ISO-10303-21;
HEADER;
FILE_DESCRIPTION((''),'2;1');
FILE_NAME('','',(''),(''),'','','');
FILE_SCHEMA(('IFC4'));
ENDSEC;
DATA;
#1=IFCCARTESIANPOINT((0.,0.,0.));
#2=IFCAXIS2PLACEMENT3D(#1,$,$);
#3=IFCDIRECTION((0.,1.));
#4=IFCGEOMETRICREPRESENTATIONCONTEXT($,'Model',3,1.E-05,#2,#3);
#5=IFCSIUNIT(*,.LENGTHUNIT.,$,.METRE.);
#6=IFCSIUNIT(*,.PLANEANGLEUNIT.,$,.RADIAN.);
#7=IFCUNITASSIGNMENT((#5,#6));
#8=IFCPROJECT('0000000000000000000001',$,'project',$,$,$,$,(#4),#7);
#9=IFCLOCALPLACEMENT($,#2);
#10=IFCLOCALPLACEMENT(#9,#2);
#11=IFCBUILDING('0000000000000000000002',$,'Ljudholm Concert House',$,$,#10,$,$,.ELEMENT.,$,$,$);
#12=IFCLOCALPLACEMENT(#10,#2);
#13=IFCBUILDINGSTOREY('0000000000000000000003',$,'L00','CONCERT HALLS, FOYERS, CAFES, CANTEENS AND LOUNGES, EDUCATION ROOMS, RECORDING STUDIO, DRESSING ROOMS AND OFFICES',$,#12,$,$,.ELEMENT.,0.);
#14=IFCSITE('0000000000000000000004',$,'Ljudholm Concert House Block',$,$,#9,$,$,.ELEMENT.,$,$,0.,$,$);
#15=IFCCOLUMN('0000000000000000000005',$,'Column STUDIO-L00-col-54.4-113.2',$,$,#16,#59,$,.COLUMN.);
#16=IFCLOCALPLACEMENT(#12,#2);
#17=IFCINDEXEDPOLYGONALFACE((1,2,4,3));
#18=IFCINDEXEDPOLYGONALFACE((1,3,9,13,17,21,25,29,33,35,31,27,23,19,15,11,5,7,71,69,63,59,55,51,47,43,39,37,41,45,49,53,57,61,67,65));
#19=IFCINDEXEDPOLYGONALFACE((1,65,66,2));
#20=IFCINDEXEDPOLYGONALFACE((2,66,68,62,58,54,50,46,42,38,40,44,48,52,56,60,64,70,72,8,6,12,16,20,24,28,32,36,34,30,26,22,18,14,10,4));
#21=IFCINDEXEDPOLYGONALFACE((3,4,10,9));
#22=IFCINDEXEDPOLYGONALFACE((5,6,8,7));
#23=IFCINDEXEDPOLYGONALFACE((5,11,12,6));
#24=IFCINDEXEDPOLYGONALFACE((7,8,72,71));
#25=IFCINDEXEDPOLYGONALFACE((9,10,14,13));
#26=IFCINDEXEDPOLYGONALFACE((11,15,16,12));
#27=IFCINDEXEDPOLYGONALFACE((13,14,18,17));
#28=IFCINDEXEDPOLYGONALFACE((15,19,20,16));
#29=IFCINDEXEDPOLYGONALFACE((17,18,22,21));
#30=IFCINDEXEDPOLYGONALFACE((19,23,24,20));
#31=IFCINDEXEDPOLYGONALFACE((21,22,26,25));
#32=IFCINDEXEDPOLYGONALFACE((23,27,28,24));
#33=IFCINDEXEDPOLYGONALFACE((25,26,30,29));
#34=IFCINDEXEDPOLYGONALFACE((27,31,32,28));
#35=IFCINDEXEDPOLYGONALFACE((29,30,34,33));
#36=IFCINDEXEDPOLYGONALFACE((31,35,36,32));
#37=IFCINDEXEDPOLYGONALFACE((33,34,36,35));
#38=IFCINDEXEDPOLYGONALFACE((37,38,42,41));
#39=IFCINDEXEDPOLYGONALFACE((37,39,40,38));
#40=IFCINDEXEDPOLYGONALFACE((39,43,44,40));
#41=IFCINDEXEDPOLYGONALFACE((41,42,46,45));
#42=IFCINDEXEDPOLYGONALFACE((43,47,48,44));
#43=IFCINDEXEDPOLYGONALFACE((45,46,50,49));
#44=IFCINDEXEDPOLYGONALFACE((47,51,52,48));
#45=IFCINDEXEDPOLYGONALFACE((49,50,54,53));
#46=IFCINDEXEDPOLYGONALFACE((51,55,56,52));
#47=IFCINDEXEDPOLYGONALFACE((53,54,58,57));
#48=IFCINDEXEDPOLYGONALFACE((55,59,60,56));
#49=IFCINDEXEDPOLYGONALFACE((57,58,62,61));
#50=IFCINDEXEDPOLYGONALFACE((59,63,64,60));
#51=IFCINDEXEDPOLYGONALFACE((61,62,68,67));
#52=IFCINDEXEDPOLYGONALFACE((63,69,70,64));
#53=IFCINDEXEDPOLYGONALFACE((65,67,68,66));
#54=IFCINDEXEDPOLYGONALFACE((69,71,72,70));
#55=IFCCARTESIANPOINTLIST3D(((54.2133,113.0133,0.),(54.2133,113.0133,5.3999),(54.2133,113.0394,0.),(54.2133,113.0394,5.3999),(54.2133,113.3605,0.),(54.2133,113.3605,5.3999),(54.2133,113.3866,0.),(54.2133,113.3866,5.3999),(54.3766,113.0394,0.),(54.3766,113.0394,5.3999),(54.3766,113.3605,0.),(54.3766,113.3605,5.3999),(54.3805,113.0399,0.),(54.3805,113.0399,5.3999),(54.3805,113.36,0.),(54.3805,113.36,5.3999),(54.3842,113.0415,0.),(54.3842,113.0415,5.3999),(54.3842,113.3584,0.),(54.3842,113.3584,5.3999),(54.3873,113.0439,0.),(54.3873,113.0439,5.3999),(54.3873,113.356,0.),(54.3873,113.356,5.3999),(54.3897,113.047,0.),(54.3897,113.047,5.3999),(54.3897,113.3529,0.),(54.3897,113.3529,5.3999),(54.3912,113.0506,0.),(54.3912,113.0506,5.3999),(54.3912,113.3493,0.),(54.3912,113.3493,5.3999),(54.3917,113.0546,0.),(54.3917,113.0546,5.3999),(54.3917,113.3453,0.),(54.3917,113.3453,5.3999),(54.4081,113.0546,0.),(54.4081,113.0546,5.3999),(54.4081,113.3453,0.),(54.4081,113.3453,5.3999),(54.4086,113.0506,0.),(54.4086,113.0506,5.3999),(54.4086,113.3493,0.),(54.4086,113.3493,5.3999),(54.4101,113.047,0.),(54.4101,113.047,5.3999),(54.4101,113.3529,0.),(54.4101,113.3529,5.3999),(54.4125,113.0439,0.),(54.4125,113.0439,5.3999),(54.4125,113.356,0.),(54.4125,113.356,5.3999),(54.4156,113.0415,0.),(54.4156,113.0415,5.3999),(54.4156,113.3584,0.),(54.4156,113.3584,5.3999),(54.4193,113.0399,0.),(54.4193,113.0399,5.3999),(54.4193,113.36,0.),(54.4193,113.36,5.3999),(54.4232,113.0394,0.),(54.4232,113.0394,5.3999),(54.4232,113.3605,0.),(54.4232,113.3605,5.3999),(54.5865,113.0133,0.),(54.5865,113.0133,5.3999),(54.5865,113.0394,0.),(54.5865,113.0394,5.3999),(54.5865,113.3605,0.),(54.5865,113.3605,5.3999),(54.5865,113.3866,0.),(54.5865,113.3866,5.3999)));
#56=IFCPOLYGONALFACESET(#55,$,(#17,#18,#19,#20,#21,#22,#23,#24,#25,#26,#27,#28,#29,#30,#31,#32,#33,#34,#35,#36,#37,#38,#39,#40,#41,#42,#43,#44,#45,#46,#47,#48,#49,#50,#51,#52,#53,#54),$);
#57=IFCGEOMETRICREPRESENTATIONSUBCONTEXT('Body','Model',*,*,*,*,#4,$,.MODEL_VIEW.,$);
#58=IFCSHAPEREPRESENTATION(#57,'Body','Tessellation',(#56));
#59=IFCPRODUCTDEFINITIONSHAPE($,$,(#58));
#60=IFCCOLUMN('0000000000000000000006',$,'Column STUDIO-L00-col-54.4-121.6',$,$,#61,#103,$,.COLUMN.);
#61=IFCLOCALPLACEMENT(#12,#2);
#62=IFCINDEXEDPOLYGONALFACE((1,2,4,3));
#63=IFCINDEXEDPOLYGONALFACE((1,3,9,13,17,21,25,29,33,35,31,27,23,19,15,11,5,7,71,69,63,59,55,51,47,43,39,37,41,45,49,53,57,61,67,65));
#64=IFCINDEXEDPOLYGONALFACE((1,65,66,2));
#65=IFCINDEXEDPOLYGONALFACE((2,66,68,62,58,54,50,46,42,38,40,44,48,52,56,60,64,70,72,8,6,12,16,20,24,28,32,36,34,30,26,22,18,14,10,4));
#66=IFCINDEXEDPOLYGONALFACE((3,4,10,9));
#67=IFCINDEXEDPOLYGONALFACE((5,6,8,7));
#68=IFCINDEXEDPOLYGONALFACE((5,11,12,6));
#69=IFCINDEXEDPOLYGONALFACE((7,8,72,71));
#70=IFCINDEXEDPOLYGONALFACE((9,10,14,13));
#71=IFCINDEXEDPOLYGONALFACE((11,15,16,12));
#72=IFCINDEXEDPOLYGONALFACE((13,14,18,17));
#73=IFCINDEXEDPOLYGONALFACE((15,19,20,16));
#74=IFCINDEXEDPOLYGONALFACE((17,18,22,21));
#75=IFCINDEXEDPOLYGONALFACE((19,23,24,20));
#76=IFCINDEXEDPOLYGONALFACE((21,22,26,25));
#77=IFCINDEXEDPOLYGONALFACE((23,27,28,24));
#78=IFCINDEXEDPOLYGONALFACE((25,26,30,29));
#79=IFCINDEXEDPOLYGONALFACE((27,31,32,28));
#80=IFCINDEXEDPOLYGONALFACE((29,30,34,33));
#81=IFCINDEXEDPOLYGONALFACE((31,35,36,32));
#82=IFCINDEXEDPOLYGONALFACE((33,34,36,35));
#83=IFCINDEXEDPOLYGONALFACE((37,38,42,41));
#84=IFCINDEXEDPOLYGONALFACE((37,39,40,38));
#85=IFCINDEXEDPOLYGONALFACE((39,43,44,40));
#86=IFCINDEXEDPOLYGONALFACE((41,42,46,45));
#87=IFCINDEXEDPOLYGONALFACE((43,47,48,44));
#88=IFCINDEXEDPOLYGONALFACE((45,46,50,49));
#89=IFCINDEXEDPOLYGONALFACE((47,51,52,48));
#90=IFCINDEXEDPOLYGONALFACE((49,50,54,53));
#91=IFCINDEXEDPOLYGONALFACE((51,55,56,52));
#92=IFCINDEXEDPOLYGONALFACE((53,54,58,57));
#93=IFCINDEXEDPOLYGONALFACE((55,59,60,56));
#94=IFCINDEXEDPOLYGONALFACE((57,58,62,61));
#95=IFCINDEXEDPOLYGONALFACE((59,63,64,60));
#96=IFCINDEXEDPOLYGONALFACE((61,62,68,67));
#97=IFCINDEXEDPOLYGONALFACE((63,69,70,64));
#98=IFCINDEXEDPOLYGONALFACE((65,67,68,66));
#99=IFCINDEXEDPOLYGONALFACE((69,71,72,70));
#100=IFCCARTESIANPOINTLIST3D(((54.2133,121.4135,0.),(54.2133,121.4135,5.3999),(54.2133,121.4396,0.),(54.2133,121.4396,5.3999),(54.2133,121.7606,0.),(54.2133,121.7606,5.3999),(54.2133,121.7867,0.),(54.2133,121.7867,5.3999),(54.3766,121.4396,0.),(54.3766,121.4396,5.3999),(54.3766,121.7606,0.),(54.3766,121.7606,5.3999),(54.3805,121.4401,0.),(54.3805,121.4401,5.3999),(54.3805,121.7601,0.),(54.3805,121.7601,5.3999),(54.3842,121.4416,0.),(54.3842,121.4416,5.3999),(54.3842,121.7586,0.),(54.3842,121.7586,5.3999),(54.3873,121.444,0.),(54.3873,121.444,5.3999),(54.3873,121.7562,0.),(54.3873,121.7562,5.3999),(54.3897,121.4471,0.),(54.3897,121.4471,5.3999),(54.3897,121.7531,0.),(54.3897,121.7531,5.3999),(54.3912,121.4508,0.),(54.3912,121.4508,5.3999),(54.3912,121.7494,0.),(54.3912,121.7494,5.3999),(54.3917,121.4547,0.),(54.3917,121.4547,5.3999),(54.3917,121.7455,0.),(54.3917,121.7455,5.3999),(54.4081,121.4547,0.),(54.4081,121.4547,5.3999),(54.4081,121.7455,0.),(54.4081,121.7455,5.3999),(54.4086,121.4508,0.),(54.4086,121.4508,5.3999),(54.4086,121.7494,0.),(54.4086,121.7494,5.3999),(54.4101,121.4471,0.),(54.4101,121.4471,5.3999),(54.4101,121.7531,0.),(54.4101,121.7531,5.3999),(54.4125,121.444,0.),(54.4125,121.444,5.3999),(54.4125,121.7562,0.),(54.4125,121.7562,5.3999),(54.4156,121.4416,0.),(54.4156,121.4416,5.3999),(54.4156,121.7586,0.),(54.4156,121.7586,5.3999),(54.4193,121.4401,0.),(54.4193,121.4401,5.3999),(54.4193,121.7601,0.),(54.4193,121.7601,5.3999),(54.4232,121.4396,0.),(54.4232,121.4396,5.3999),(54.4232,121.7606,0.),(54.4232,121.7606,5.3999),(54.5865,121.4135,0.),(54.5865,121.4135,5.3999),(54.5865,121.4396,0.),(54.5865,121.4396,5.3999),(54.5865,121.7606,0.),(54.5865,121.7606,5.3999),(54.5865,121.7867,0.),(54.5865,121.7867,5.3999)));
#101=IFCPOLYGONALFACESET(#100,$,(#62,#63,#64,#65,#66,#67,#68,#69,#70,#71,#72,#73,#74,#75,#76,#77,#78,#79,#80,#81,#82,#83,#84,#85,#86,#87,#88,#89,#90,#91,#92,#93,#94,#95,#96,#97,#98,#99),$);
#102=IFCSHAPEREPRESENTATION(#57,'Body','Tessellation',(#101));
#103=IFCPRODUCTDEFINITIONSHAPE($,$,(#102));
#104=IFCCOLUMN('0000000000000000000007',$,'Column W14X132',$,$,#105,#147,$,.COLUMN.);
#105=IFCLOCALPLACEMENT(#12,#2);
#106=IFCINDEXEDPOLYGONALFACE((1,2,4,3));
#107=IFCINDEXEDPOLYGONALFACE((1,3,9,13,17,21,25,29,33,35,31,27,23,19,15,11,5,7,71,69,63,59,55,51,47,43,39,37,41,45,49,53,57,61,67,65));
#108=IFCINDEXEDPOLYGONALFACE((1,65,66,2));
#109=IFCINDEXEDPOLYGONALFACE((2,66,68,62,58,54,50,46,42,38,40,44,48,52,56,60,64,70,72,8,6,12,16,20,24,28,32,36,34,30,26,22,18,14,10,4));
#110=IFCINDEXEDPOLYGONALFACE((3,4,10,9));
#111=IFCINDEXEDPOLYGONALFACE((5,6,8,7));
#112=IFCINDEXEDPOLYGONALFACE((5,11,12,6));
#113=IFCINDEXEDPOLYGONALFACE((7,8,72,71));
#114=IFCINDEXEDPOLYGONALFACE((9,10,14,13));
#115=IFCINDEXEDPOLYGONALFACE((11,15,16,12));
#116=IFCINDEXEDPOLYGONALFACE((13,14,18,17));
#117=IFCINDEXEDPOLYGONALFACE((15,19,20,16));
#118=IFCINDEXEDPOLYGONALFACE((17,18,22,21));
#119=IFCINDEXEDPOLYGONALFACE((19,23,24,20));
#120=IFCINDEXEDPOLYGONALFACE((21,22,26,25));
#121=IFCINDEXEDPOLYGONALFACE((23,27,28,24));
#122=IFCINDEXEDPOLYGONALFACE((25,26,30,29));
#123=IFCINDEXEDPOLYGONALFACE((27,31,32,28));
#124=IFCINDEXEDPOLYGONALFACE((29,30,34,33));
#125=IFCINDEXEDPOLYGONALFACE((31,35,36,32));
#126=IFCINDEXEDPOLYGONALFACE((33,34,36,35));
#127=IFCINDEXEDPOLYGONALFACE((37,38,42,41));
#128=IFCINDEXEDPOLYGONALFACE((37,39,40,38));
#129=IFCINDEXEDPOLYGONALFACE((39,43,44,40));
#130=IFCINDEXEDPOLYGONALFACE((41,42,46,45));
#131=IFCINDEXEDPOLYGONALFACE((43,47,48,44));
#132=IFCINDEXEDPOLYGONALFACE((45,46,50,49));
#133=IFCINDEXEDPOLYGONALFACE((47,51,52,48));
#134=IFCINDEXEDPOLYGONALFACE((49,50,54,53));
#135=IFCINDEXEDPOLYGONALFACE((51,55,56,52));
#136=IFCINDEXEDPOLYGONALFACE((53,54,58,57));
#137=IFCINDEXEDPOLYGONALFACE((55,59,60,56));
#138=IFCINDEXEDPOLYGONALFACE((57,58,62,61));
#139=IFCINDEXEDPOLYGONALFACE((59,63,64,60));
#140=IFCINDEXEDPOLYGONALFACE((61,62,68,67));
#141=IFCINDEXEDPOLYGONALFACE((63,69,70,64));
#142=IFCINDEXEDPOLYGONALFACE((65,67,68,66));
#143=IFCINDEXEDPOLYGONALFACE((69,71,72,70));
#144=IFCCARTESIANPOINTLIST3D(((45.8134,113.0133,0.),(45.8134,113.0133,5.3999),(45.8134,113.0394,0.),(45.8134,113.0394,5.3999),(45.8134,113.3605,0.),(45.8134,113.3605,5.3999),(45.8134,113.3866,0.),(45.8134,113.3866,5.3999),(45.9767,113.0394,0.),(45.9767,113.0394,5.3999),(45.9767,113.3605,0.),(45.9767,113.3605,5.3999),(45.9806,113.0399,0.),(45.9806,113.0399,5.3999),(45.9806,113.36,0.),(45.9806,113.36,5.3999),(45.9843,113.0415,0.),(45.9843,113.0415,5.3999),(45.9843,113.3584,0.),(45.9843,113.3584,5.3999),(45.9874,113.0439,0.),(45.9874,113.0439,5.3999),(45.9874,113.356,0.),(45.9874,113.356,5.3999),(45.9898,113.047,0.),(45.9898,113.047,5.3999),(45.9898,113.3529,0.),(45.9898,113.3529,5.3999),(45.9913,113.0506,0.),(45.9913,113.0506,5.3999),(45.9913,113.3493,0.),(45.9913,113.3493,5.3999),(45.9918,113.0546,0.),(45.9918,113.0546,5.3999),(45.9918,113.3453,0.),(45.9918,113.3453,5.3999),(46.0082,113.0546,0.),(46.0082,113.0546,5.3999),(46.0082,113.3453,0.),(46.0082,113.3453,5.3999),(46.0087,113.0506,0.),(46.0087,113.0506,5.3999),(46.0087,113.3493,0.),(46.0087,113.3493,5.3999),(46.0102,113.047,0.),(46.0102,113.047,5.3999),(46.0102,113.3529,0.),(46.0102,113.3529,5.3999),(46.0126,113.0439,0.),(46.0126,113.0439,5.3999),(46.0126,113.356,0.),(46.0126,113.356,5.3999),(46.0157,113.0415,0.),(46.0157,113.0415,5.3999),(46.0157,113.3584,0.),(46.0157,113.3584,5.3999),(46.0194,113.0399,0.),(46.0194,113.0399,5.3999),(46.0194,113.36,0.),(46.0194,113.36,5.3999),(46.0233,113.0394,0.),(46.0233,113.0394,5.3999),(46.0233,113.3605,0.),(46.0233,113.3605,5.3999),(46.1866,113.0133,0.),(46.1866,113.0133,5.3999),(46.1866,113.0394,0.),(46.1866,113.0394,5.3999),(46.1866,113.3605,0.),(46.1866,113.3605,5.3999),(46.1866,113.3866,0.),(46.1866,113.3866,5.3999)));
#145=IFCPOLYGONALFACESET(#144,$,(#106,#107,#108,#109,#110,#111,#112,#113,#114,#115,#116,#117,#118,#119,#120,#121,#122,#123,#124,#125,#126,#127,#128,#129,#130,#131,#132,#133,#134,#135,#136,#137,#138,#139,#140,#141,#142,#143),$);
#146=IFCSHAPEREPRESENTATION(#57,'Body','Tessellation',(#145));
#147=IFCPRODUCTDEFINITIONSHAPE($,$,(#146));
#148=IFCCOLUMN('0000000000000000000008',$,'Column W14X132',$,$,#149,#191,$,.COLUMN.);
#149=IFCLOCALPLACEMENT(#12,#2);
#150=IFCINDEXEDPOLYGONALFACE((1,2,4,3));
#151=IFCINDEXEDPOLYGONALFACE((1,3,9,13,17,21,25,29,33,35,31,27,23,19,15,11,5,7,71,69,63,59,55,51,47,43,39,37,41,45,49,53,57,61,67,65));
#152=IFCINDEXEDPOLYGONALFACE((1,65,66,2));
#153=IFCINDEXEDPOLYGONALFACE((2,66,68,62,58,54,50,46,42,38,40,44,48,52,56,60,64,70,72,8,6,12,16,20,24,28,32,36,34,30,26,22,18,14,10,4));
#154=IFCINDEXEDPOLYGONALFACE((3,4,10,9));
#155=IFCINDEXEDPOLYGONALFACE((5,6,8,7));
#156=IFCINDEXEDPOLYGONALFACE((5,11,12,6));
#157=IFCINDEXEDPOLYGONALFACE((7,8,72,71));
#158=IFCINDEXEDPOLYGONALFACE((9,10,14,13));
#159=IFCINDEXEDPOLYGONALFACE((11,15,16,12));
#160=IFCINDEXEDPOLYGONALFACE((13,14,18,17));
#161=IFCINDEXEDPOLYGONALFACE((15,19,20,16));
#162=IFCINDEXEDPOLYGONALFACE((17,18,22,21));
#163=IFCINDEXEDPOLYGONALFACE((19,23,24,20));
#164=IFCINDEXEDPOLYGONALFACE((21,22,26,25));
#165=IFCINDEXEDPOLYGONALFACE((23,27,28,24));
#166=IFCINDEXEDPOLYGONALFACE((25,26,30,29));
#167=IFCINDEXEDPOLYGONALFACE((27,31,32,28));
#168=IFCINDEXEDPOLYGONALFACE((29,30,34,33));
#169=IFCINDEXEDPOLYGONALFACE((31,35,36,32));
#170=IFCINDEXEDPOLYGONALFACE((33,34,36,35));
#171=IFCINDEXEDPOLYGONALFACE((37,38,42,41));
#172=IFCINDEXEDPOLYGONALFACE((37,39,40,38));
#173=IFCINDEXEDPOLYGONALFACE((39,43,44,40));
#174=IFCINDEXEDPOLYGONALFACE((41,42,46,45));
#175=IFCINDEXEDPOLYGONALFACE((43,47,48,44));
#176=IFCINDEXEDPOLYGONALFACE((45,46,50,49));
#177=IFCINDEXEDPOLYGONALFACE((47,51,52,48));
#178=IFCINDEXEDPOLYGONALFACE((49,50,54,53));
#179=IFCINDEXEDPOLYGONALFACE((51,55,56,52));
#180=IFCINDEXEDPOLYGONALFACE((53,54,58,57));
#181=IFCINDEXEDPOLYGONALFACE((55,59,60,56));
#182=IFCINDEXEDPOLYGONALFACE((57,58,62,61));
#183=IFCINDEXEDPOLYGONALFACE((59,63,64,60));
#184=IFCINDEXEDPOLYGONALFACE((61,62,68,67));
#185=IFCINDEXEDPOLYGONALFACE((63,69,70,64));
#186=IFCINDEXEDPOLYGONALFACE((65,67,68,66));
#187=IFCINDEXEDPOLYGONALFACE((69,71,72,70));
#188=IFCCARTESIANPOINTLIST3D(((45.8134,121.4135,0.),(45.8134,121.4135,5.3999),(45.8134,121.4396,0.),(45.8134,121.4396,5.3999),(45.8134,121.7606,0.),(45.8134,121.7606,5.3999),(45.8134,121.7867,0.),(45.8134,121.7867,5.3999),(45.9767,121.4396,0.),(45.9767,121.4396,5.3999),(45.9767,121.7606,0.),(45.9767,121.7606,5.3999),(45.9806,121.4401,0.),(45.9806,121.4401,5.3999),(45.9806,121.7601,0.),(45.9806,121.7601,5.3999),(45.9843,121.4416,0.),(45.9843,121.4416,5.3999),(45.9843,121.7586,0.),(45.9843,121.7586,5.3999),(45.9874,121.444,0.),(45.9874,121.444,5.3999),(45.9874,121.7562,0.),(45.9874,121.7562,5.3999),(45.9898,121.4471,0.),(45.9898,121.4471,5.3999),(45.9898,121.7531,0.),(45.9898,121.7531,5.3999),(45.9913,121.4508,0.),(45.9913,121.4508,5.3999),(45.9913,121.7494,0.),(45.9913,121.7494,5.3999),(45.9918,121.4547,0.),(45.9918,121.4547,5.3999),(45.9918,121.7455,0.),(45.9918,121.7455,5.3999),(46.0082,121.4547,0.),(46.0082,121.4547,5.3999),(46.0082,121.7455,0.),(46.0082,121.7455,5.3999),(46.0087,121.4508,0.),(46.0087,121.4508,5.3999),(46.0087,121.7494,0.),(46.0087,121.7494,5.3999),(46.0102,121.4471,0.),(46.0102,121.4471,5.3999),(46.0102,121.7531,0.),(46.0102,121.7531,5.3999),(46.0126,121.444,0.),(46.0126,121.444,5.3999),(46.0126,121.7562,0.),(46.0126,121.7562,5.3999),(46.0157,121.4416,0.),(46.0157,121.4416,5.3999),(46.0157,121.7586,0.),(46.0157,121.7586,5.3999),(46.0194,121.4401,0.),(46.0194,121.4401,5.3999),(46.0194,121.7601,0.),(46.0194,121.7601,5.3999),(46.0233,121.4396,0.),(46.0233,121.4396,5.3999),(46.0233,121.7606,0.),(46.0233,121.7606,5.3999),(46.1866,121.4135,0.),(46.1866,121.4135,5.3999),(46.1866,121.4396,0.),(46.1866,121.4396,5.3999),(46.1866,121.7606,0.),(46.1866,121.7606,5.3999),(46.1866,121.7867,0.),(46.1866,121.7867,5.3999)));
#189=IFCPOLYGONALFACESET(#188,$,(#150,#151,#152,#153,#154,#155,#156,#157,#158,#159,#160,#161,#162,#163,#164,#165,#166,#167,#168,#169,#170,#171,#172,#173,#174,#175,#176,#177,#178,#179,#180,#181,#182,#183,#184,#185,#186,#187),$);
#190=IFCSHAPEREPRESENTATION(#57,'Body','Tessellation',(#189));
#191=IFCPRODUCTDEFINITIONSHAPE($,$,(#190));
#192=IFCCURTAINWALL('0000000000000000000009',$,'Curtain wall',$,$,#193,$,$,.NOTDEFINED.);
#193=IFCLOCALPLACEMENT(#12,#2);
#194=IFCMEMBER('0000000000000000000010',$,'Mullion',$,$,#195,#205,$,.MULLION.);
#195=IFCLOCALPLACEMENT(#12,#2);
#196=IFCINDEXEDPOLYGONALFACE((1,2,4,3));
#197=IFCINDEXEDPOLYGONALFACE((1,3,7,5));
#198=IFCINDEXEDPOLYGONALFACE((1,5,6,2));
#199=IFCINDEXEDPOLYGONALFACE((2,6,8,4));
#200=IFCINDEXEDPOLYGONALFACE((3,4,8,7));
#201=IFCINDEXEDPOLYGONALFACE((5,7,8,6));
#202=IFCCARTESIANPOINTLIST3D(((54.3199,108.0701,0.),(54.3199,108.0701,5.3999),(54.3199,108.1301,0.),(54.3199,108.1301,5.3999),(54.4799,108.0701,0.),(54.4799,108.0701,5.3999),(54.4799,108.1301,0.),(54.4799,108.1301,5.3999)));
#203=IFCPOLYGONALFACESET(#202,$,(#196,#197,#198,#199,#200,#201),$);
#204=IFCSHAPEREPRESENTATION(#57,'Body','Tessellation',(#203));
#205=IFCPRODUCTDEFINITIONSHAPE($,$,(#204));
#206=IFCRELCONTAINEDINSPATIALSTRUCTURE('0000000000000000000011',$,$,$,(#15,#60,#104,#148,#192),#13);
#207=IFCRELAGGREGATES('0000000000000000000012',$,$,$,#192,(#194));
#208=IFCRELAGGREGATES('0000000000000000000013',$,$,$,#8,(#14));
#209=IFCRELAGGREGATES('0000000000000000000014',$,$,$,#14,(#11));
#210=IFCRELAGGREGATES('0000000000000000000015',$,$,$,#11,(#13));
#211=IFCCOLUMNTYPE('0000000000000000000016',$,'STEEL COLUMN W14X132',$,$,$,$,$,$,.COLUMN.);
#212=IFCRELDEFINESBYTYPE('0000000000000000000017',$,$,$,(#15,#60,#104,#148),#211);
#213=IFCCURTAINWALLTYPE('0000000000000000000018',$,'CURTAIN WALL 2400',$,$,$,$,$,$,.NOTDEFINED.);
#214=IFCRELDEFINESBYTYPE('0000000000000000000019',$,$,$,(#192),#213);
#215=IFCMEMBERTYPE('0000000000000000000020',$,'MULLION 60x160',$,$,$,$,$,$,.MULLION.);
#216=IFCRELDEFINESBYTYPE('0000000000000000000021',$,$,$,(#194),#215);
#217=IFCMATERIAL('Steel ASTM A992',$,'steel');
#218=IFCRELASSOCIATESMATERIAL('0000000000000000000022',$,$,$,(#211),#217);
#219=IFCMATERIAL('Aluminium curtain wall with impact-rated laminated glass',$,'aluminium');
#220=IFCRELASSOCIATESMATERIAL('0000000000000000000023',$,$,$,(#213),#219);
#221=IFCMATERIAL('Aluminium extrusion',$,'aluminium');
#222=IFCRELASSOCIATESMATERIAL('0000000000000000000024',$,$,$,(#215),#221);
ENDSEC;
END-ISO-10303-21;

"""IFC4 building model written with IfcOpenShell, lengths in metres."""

from ifc_helpers import new_model, si_unit, direction, frame, origin, origin_2d, place, context, subcontext, project, spatial, rectangle, i_section, extrude, material, material_profile, profile_set, type_object, element, aggregate, save


model = new_model("IFC4")

# Units and contexts
model_context = context("Model", 3, precision=1e-05, world=origin(), true_north=direction((0.0, 1.0)))
body_context = subcontext(model_context, "Body", "Model", "MODEL_VIEW")
ifc_project = project(units=[si_unit("LENGTHUNIT", "METRE"), si_unit("PLANEANGLEUNIT", "RADIAN")], contexts=[model_context])

# Site, building, storey
site_placement = place(None, origin())
site = spatial("IfcSite", under=ifc_project, at=site_placement, Name="Ljudholm Concert House Block", CompositionType="ELEMENT", RefElevation=0.0)
building_placement = place(site_placement, origin())
building = spatial("IfcBuilding", under=site, at=building_placement, Name="Ljudholm Concert House", CompositionType="ELEMENT")
storey_placement = place(building_placement, origin())
storey = spatial("IfcBuildingStorey", under=building, at=storey_placement, Name="L00", Description="CONCERT HALLS, FOYERS, CAFES, CANTEENS AND LOUNGES, EDUCATION ROOMS, RECORDING STUDIO, DRESSING ROOMS AND OFFICES", CompositionType="ELEMENT", Elevation=0.0)

# Columns
ifc_material_1 = material(Name="Steel ASTM A992", Category="steel")
ifc_material_profile_1 = material_profile(ifc_material_1, i_section(OverallWidth=0.3733, OverallDepth=0.3733, WebThickness=0.0164, FlangeThickness=0.0261, FilletRadius=0.0151, at=origin_2d()), Name="W14X132")
ifc_profile_set_1 = profile_set([ifc_material_profile_1], Name="Steel ASTM A992")
column_type = type_object("IfcColumnType", Name="STEEL COLUMN W14X132", PredefinedType="COLUMN", material=ifc_profile_set_1)
for number, where, z_axis, x_axis, name in (
    (1, (54.3999, 113.2, 0.0), (0.0, 0.0, 1.0), (1.0, 0.0, 0.0), "Column STUDIO-L00-col-54.4-113.2"),
    (2, (54.3999, 121.6001, 0.0), (0.0, 0.0, 1.0), (1.0, 0.0, 0.0), "Column STUDIO-L00-col-54.4-121.6"),
    (3, (46.0, 113.2, 0.0), (0.0, 0.0, 1.0), (1.0, 0.0, 0.0), "Column W14X132"),
    (4, (46.0, 121.6001, 0.0), (0.0, 0.0, 1.0), (1.0, 0.0, 0.0), "Column W14X132"),
):
    element("IfcColumn", number, at=place(storey_placement, frame(where, z_axis=z_axis, x_axis=x_axis)), inside=storey, type_object=column_type, Name=name, PredefinedType="COLUMN", context=body_context, shape_type="SweptSolid", body=[
        extrude(i_section(OverallWidth=0.3733, OverallDepth=0.3733, WebThickness=0.0164, FlangeThickness=0.0261, FilletRadius=0.0151, at=origin_2d()), origin(), (0.0, 0.0, 1.0), 5.3999),
    ])

# Curtain wall, member
ifc_material_2 = material(Name="Aluminium curtain wall with impact-rated laminated glass", Category="aluminium")
curtain_wall_type = type_object("IfcCurtainWallType", Name="CURTAIN WALL 2400", PredefinedType="NOTDEFINED", material=ifc_material_2)
curtain_wall_placement = place(storey_placement, origin())
curtain_wall = element("IfcCurtainWall", 5, at=curtain_wall_placement, inside=storey, type_object=curtain_wall_type, Name="Curtain wall", PredefinedType="NOTDEFINED")
ifc_material_3 = material(Name="Aluminium extrusion", Category="aluminium")
ifc_material_profile_2 = material_profile(ifc_material_3, rectangle(XDim=0.1599, YDim=0.0601, at=origin_2d()), Name="MULLION 60x160")
ifc_profile_set_2 = profile_set([ifc_material_profile_2], Name="Aluminium extrusion")
member_type_1 = type_object("IfcMemberType", Name="MULLION 60x160", PredefinedType="MULLION", material=ifc_profile_set_2)
member_1_placement = place(storey_placement, frame((54.3999, 108.1001, 0.0), z_axis=(0.0, 0.0, 1.0), x_axis=(-1.0, 0.0, 0.0)))
member_1 = element("IfcMember", 6, at=member_1_placement, type_object=member_type_1, Name="Mullion", PredefinedType="MULLION", context=body_context, shape_type="SweptSolid", body=[
    extrude(rectangle(XDim=0.1599, YDim=0.0601, at=origin_2d()), origin(), (0.0, 0.0, 1.0), 5.3999),
])

aggregate(curtain_wall, [member_1])

save(model, "model.ifc")
